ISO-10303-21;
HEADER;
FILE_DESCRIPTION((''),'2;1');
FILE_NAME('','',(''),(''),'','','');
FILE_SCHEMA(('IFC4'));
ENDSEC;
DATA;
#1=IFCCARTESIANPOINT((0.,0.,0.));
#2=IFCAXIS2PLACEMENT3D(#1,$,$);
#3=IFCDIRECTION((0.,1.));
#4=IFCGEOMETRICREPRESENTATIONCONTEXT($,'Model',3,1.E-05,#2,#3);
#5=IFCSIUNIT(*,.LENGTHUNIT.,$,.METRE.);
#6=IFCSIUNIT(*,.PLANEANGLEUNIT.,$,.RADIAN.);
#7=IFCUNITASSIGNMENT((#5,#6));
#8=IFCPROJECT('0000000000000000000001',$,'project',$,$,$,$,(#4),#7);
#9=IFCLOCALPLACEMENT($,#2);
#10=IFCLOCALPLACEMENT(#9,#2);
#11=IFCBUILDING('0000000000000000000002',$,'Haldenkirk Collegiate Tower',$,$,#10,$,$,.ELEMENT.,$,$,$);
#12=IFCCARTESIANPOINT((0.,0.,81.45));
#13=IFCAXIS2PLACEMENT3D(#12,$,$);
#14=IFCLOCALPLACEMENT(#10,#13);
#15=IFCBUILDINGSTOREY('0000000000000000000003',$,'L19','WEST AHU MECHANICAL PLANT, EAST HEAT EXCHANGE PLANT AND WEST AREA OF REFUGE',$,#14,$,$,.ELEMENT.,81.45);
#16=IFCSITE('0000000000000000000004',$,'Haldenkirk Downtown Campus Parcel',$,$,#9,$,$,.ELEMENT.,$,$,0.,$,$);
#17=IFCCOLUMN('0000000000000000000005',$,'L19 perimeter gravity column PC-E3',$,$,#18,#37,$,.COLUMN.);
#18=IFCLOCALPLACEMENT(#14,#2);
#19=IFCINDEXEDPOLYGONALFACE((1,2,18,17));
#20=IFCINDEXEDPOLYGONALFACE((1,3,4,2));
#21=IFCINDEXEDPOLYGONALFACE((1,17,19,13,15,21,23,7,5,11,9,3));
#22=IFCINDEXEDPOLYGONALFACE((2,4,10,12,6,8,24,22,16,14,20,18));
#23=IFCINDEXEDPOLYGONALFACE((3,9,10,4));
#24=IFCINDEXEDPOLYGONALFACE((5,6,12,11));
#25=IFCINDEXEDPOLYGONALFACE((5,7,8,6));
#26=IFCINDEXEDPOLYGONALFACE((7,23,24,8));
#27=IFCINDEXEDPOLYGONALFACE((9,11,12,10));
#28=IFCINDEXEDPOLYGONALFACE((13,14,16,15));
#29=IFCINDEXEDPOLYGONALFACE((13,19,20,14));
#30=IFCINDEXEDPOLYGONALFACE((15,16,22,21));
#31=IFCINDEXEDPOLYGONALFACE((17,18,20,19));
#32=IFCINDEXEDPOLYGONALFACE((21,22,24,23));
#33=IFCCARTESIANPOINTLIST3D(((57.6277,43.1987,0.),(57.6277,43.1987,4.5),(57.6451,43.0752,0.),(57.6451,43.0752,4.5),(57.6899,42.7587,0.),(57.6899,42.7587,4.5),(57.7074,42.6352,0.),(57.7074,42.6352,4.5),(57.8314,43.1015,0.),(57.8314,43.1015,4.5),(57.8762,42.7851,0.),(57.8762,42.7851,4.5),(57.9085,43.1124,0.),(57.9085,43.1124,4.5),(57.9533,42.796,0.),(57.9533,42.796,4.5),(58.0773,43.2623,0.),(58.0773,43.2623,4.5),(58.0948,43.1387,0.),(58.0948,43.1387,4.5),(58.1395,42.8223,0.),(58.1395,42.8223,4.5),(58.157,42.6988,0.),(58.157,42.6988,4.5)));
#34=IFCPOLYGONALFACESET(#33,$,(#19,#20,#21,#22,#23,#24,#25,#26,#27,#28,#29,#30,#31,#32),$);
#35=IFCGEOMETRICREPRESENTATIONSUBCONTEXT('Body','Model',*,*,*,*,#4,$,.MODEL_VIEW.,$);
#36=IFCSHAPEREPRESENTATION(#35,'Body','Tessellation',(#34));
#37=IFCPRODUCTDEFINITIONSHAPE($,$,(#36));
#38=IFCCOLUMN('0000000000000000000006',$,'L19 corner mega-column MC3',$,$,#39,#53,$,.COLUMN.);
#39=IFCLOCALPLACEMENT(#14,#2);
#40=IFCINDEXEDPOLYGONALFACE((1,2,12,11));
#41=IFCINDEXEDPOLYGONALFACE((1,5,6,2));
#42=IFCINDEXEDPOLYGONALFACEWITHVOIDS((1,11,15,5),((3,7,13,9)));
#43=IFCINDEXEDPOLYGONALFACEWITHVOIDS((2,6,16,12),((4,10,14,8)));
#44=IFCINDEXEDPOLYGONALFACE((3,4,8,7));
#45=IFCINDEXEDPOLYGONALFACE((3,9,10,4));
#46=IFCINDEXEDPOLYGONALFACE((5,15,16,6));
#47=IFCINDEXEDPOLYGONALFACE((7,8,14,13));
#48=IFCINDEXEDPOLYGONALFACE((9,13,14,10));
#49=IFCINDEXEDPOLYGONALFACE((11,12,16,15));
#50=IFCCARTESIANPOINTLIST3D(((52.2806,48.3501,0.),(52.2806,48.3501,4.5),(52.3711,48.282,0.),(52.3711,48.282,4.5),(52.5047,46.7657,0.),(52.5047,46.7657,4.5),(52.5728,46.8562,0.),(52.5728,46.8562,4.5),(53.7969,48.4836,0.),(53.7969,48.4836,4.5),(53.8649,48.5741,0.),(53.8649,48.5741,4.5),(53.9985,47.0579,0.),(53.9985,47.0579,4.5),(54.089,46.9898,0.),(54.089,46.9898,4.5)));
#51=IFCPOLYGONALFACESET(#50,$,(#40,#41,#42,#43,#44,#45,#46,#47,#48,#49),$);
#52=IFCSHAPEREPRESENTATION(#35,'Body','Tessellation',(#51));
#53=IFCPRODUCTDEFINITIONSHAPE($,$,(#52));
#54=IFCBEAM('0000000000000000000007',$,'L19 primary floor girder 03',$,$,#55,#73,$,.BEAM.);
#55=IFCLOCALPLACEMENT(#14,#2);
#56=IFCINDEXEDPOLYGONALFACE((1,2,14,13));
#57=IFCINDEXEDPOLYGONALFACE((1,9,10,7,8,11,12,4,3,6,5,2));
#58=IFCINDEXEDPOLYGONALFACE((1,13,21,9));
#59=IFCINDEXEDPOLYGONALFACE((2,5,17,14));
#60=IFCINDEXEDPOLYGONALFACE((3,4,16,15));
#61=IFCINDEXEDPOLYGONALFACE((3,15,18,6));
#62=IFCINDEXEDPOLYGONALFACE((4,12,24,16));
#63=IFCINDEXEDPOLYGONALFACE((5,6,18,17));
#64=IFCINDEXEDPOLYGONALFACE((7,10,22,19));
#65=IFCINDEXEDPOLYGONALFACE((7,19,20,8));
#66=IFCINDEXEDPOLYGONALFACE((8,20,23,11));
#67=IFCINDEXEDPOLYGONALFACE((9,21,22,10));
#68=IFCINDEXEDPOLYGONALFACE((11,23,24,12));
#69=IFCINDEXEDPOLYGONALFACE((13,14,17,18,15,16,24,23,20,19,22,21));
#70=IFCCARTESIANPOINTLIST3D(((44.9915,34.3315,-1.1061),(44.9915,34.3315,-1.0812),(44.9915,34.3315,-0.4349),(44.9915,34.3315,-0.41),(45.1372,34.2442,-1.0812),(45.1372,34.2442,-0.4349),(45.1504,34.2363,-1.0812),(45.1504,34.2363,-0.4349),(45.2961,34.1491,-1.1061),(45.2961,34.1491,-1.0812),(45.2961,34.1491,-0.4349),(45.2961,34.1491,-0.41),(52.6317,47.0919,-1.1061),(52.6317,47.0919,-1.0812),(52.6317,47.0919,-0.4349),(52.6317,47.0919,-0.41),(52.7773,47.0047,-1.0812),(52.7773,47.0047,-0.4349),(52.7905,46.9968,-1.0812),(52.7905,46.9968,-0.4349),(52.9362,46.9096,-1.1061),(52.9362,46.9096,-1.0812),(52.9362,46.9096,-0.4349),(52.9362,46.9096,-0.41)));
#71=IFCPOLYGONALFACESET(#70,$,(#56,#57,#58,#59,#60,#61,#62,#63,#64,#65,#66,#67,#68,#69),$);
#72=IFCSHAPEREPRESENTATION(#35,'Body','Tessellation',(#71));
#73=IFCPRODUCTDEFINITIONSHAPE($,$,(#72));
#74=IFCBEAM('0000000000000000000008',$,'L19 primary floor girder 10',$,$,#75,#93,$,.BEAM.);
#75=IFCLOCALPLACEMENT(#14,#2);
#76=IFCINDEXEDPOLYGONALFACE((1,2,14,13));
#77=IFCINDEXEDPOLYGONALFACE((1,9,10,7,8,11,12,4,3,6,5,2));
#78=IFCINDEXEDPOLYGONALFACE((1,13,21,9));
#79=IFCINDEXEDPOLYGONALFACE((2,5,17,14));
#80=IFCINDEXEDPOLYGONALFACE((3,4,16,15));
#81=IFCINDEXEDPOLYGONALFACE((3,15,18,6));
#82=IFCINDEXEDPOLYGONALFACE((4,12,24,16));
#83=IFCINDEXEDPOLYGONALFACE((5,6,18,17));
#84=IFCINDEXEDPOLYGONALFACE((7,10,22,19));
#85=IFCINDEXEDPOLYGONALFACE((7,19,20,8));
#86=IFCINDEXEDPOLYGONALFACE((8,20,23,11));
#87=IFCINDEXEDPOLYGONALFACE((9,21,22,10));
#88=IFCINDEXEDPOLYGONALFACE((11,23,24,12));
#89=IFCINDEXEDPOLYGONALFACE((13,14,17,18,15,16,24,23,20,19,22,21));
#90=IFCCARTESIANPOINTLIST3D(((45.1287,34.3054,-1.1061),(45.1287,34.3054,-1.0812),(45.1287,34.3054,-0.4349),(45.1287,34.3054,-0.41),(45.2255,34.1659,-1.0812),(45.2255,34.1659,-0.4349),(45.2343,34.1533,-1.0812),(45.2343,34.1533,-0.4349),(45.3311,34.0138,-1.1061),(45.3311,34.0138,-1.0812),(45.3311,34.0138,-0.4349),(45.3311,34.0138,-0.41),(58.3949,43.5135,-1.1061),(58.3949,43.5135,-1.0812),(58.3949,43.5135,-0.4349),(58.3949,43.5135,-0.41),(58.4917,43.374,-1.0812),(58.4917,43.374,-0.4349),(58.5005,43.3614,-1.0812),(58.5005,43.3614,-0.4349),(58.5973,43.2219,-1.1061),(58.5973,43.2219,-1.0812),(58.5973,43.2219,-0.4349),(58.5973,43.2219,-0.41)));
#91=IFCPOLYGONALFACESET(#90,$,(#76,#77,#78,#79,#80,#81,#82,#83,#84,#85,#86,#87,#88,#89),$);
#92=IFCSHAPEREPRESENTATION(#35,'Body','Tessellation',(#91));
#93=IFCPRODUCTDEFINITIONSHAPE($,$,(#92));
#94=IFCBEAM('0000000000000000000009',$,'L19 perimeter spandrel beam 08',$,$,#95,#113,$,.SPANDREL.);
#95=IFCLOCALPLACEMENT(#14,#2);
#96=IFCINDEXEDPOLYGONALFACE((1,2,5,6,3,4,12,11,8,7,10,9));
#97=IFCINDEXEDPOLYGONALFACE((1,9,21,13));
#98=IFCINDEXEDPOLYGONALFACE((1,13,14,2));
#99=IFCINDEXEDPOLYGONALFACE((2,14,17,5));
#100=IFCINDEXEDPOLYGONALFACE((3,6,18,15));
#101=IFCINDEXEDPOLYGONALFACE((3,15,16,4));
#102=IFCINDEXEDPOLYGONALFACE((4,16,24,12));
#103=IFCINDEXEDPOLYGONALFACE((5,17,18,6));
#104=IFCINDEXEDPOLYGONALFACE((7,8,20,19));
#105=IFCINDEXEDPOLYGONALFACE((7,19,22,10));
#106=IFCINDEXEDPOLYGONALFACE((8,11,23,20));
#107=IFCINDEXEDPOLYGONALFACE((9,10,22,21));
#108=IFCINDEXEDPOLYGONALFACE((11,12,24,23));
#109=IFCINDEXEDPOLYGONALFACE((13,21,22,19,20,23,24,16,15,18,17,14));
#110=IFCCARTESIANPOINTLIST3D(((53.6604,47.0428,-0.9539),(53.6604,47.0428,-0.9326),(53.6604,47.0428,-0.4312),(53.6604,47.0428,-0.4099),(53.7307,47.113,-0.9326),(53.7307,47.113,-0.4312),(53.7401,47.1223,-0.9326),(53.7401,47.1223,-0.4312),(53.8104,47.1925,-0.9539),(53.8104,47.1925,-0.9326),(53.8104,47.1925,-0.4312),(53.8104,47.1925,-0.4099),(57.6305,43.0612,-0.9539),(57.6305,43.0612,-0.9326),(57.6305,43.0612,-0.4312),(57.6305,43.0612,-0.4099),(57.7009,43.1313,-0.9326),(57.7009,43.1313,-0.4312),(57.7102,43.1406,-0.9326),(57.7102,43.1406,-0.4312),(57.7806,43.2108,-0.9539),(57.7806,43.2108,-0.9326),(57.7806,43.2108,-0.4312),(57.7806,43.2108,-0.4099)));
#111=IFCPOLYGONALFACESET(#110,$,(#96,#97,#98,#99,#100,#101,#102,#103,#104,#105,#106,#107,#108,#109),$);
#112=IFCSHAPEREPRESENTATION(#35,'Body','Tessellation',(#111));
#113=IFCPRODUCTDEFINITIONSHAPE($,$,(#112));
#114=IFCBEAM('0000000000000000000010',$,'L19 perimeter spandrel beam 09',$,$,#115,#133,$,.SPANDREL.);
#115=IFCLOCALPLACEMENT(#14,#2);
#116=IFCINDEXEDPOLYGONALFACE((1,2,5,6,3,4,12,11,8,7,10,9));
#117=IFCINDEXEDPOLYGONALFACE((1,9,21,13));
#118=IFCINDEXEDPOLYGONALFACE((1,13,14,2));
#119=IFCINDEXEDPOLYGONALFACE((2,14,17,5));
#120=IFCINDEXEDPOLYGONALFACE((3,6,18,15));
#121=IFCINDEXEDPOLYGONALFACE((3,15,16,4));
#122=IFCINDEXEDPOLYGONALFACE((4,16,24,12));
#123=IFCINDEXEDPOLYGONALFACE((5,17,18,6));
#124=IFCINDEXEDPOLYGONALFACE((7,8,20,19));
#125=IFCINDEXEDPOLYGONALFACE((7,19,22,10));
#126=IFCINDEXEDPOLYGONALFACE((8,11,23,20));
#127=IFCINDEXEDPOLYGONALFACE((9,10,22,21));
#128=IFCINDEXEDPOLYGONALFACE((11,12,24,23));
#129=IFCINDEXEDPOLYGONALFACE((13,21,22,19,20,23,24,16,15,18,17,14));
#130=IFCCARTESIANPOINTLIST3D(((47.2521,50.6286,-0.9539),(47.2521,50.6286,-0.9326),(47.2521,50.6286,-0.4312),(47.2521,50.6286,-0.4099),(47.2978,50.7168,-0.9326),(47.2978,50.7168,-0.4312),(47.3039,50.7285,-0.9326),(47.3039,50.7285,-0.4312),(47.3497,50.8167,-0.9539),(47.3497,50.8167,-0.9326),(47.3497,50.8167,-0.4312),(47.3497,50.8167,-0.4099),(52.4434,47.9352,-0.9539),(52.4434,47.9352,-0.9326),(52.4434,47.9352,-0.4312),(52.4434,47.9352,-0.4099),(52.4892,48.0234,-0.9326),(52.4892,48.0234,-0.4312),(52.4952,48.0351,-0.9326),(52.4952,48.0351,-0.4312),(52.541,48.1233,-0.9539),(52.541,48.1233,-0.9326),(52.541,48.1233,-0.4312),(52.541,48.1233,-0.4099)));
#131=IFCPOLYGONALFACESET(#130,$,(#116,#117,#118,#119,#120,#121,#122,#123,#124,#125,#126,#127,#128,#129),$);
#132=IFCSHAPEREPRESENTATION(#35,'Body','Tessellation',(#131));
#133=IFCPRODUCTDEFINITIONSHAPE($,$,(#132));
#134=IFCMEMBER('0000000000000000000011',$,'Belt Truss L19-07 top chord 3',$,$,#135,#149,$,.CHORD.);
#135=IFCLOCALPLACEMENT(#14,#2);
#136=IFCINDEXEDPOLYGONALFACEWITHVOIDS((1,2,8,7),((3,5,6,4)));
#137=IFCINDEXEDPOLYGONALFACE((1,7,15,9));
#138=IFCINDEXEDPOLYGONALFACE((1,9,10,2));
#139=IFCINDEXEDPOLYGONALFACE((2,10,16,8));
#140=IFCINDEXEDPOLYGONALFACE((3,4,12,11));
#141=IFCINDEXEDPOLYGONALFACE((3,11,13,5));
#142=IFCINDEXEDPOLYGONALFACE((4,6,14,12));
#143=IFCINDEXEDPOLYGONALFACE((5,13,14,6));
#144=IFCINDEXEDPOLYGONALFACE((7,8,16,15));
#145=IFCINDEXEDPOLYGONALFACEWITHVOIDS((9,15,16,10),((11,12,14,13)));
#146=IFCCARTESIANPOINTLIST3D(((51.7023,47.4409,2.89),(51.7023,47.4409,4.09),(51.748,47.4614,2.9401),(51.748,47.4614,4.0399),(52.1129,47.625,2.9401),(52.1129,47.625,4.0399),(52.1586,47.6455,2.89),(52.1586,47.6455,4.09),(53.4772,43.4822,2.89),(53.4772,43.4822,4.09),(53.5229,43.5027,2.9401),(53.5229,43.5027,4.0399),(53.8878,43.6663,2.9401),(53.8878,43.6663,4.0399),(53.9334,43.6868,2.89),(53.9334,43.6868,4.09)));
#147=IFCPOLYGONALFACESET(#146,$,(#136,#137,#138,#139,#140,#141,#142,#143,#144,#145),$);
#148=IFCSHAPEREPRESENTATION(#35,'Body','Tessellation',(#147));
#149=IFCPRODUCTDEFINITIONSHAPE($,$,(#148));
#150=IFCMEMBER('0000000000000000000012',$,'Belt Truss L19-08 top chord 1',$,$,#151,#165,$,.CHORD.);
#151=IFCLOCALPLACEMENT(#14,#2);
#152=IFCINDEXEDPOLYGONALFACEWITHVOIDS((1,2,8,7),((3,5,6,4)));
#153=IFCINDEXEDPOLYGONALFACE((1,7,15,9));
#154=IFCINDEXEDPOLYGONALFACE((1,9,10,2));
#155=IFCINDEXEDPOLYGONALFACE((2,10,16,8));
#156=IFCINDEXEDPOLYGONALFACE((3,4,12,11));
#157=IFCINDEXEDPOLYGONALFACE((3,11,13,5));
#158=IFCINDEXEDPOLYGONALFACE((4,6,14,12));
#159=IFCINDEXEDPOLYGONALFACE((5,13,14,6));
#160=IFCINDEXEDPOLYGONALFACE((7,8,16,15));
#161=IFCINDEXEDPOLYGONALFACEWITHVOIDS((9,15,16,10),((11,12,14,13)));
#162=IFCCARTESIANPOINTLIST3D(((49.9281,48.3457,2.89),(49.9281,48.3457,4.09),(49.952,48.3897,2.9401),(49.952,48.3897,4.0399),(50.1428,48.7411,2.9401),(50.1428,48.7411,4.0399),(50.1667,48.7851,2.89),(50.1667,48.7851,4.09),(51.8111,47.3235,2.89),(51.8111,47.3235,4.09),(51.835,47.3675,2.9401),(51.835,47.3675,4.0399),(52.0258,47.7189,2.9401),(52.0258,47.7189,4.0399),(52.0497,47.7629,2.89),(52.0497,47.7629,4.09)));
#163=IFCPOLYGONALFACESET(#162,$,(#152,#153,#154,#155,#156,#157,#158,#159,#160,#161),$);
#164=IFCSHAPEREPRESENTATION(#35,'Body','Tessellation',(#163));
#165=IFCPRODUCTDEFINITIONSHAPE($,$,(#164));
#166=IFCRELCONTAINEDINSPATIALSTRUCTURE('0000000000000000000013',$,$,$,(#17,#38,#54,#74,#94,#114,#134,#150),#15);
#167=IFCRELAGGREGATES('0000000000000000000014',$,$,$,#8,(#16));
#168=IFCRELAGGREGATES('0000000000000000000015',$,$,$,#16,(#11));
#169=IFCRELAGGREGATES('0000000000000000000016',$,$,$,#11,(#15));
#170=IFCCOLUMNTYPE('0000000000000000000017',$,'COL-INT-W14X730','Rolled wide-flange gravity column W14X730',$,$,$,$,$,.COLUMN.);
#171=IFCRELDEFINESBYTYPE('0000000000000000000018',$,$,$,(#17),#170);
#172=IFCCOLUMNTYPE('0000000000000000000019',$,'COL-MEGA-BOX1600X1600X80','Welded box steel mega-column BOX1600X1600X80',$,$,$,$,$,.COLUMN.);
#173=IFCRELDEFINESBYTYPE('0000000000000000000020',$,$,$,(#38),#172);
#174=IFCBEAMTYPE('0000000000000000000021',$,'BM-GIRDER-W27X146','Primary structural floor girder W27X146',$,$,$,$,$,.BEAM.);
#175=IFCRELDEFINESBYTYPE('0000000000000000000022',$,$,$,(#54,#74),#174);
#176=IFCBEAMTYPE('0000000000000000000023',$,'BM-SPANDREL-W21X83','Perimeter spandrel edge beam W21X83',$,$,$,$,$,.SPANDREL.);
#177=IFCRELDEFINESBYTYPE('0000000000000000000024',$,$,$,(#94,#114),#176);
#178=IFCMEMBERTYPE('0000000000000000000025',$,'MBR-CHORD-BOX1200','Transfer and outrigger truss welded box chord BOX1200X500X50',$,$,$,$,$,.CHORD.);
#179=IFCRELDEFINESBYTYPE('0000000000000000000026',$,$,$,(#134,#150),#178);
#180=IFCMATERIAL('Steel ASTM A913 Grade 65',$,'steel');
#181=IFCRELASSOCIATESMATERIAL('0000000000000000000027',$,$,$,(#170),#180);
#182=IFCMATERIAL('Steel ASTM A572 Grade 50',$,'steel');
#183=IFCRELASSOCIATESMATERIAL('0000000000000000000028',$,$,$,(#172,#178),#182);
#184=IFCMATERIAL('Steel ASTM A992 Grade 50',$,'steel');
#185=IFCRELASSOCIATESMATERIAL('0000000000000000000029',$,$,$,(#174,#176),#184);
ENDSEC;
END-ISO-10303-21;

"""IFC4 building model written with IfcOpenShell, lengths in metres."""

from ifc_helpers import new_model, si_unit, direction, frame, origin, origin_2d, place, context, subcontext, project, spatial, hollow_rectangle, i_section, extrude, material, material_profile, profile_set, type_object, element, save


model = new_model("IFC4")

# Units and contexts
model_context = context("Model", 3, precision=1e-05, world=origin(), true_north=direction((0.0, 1.0)))
body_context = subcontext(model_context, "Body", "Model", "MODEL_VIEW")
ifc_project = project(units=[si_unit("LENGTHUNIT", "METRE"), si_unit("PLANEANGLEUNIT", "RADIAN")], contexts=[model_context])

# Site, building, storey
site_placement = place(None, origin())
site = spatial("IfcSite", under=ifc_project, at=site_placement, Name="Haldenkirk Downtown Campus Parcel", CompositionType="ELEMENT", RefElevation=0.0)
building_placement = place(site_placement, origin())
building = spatial("IfcBuilding", under=site, at=building_placement, Name="Haldenkirk Collegiate Tower", CompositionType="ELEMENT")
storey_placement = place(building_placement, frame((0.0, 0.0, 81.45)))
storey = spatial("IfcBuildingStorey", under=building, at=storey_placement, Name="L19", Description="WEST AHU MECHANICAL PLANT, EAST HEAT EXCHANGE PLANT AND WEST AREA OF REFUGE", CompositionType="ELEMENT", Elevation=81.45)

# Columns
ifc_material_1 = material(Name="Steel ASTM A913 Grade 65", Category="steel")
ifc_material_profile_1 = material_profile(ifc_material_1, i_section(OverallWidth=0.4541, OverallDepth=0.5691, WebThickness=0.0779, FlangeThickness=0.1248, at=origin_2d()), Name="W14X730")
ifc_profile_set_1 = profile_set([ifc_material_profile_1], Name="Steel ASTM A913 Grade 65")
column_type_1 = type_object("IfcColumnType", Name="COL-INT-W14X730", Description="Rolled wide-flange gravity column W14X730", PredefinedType="COLUMN", material=ifc_profile_set_1)
column_1_placement = place(storey_placement, frame((57.8923, 42.9487, 0.0), z_axis=(0.0, 0.0, 1.0), x_axis=(0.990146, 0.140037, 0.0)))
element("IfcColumn", 1, at=column_1_placement, inside=storey, type_object=column_type_1, Name="L19 perimeter gravity column PC-E3", PredefinedType="COLUMN", context=body_context, shape_type="SweptSolid", body=[
    extrude(i_section(OverallWidth=0.4541, OverallDepth=0.5691, WebThickness=0.0779, FlangeThickness=0.1248, at=origin_2d()), origin(), (0.0, 0.0, 1.0), 4.5),
])
ifc_material_2 = material(Name="Steel ASTM A572 Grade 50", Category="steel")
ifc_material_profile_2 = material_profile(ifc_material_2, hollow_rectangle(XDim=1.6001, YDim=1.6001, WallThickness=0.0801, at=origin_2d()), Name="BOX1600X1600X80")
ifc_profile_set_2 = profile_set([ifc_material_profile_2], Name="Steel ASTM A572 Grade 50")
column_type_2 = type_object("IfcColumnType", Name="COL-MEGA-BOX1600X1600X80", Description="Welded box steel mega-column BOX1600X1600X80", PredefinedType="COLUMN", material=ifc_profile_set_2)
column_2_placement = place(storey_placement, frame((53.1848, 47.6699, 0.0), z_axis=(0.0, 0.0, 1.0), x_axis=(0.990146, 0.140037, 0.0)))
element("IfcColumn", 2, at=column_2_placement, inside=storey, type_object=column_type_2, Name="L19 corner mega-column MC3", PredefinedType="COLUMN", context=body_context, shape_type="SweptSolid", body=[
    extrude(hollow_rectangle(XDim=1.6001, YDim=1.6001, WallThickness=0.0801, at=origin_2d()), origin(), (0.0, 0.0, 1.0), 4.5),
])

# Beams
ifc_material_3 = material(Name="Steel ASTM A992 Grade 50", Category="steel")
ifc_material_profile_3 = material_profile(ifc_material_3, i_section(OverallWidth=0.355, OverallDepth=0.696, WebThickness=0.0154, FlangeThickness=0.0249, at=origin_2d()), Name="W27X146")
ifc_profile_set_3 = profile_set([ifc_material_profile_3], Name="Steel ASTM A992 Grade 50")
beam_type_1 = type_object("IfcBeamType", Name="BM-GIRDER-W27X146", Description="Primary structural floor girder W27X146", PredefinedType="BEAM", material=ifc_profile_set_3)
beam_1_placement = place(storey_placement, frame((52.7839, 47.0007, -0.7581), z_axis=(-0.513696, -0.857972, 0.0), x_axis=(0.857972, -0.513696, 0.0)))
element("IfcBeam", 3, at=beam_1_placement, inside=storey, type_object=beam_type_1, Name="L19 primary floor girder 03", PredefinedType="BEAM", context=body_context, shape_type="SweptSolid", body=[
    extrude(i_section(OverallWidth=0.355, OverallDepth=0.696, WebThickness=0.0154, FlangeThickness=0.0249, at=origin_2d()), origin(), (0.0, 0.0, 1.0), 14.8728),
])
beam_2_placement = place(storey_placement, frame((58.4961, 43.3677, -0.7581), z_axis=(-0.821503, -0.570205, 0.0), x_axis=(0.570205, -0.821503, 0.0)))
element("IfcBeam", 4, at=beam_2_placement, inside=storey, type_object=beam_type_1, Name="L19 primary floor girder 10", PredefinedType="BEAM", context=body_context, shape_type="SweptSolid", body=[
    extrude(i_section(OverallWidth=0.355, OverallDepth=0.696, WebThickness=0.0154, FlangeThickness=0.0249, at=origin_2d()), origin(), (0.0, 0.0, 1.0), 16.1487),
])
ifc_material_profile_4 = material_profile(ifc_material_3, i_section(OverallWidth=0.2119, OverallDepth=0.5439, WebThickness=0.0132, FlangeThickness=0.0212, at=origin_2d()), Name="W21X83")
ifc_profile_set_4 = profile_set([ifc_material_profile_4], Name="Steel ASTM A992 Grade 50")
beam_type_2 = type_object("IfcBeamType", Name="BM-SPANDREL-W21X83", Description="Perimeter spandrel edge beam W21X83", PredefinedType="SPANDREL", material=ifc_profile_set_4)
beam_3_placement = place(storey_placement, frame((57.7056, 43.136, -0.6819), z_axis=(-0.706086, 0.708126, 0.0), x_axis=(-0.708126, -0.706086, 0.0)))
element("IfcBeam", 5, at=beam_3_placement, inside=storey, type_object=beam_type_2, Name="L19 perimeter spandrel beam 08", PredefinedType="SPANDREL", context=body_context, shape_type="SweptSolid", body=[
    extrude(i_section(OverallWidth=0.2119, OverallDepth=0.5439, WebThickness=0.0132, FlangeThickness=0.0212, at=origin_2d()), origin(), (0.0, 0.0, 1.0), 5.6228),
])
beam_4_placement = place(storey_placement, frame((52.4922, 48.0293, -0.6819), z_axis=(-0.887648, 0.460522, 0.0), x_axis=(-0.460522, -0.887648, 0.0)))
element("IfcBeam", 6, at=beam_4_placement, inside=storey, type_object=beam_type_2, Name="L19 perimeter spandrel beam 09", PredefinedType="SPANDREL", context=body_context, shape_type="SweptSolid", body=[
    extrude(i_section(OverallWidth=0.2119, OverallDepth=0.5439, WebThickness=0.0132, FlangeThickness=0.0212, at=origin_2d()), origin(), (0.0, 0.0, 1.0), 5.8484),
])

# Members
ifc_material_profile_5 = material_profile(ifc_material_2, hollow_rectangle(XDim=0.5, YDim=1.2, WallThickness=0.05, at=origin_2d()), Name="BOX1200X500X50")
ifc_profile_set_5 = profile_set([ifc_material_profile_5], Name="Steel ASTM A572 Grade 50")
member_type_1 = type_object("IfcMemberType", Name="MBR-CHORD-BOX1200", Description="Transfer and outrigger truss welded box chord BOX1200X500X50", PredefinedType="CHORD", material=ifc_profile_set_5)
member_1_placement = place(storey_placement, frame((53.7053, 43.5845, 3.49), z_axis=(-0.409112, 0.912484, 0.0), x_axis=(-0.912484, -0.409112, 0.0)))
element("IfcMember", 7, at=member_1_placement, inside=storey, type_object=member_type_1, Name="Belt Truss L19-07 top chord 3", PredefinedType="CHORD", context=body_context, shape_type="SweptSolid", body=[
    extrude(hollow_rectangle(XDim=0.5, YDim=1.2, WallThickness=0.05, at=origin_2d()), origin(), (0.0, 0.0, 1.0), 4.3384),
])
member_2_placement = place(storey_placement, frame((51.9304, 47.5432, 3.49), z_axis=(-0.878856, 0.477087, 0.0), x_axis=(-0.477087, -0.878856, 0.0)))
element("IfcMember", 8, at=member_2_placement, inside=storey, type_object=member_type_1, Name="Belt Truss L19-08 top chord 1", PredefinedType="CHORD", context=body_context, shape_type="SweptSolid", body=[
    extrude(hollow_rectangle(XDim=0.5, YDim=1.2, WallThickness=0.05, at=origin_2d()), origin(), (0.0, 0.0, 1.0), 2.1426),
])

save(model, "model.ifc")
